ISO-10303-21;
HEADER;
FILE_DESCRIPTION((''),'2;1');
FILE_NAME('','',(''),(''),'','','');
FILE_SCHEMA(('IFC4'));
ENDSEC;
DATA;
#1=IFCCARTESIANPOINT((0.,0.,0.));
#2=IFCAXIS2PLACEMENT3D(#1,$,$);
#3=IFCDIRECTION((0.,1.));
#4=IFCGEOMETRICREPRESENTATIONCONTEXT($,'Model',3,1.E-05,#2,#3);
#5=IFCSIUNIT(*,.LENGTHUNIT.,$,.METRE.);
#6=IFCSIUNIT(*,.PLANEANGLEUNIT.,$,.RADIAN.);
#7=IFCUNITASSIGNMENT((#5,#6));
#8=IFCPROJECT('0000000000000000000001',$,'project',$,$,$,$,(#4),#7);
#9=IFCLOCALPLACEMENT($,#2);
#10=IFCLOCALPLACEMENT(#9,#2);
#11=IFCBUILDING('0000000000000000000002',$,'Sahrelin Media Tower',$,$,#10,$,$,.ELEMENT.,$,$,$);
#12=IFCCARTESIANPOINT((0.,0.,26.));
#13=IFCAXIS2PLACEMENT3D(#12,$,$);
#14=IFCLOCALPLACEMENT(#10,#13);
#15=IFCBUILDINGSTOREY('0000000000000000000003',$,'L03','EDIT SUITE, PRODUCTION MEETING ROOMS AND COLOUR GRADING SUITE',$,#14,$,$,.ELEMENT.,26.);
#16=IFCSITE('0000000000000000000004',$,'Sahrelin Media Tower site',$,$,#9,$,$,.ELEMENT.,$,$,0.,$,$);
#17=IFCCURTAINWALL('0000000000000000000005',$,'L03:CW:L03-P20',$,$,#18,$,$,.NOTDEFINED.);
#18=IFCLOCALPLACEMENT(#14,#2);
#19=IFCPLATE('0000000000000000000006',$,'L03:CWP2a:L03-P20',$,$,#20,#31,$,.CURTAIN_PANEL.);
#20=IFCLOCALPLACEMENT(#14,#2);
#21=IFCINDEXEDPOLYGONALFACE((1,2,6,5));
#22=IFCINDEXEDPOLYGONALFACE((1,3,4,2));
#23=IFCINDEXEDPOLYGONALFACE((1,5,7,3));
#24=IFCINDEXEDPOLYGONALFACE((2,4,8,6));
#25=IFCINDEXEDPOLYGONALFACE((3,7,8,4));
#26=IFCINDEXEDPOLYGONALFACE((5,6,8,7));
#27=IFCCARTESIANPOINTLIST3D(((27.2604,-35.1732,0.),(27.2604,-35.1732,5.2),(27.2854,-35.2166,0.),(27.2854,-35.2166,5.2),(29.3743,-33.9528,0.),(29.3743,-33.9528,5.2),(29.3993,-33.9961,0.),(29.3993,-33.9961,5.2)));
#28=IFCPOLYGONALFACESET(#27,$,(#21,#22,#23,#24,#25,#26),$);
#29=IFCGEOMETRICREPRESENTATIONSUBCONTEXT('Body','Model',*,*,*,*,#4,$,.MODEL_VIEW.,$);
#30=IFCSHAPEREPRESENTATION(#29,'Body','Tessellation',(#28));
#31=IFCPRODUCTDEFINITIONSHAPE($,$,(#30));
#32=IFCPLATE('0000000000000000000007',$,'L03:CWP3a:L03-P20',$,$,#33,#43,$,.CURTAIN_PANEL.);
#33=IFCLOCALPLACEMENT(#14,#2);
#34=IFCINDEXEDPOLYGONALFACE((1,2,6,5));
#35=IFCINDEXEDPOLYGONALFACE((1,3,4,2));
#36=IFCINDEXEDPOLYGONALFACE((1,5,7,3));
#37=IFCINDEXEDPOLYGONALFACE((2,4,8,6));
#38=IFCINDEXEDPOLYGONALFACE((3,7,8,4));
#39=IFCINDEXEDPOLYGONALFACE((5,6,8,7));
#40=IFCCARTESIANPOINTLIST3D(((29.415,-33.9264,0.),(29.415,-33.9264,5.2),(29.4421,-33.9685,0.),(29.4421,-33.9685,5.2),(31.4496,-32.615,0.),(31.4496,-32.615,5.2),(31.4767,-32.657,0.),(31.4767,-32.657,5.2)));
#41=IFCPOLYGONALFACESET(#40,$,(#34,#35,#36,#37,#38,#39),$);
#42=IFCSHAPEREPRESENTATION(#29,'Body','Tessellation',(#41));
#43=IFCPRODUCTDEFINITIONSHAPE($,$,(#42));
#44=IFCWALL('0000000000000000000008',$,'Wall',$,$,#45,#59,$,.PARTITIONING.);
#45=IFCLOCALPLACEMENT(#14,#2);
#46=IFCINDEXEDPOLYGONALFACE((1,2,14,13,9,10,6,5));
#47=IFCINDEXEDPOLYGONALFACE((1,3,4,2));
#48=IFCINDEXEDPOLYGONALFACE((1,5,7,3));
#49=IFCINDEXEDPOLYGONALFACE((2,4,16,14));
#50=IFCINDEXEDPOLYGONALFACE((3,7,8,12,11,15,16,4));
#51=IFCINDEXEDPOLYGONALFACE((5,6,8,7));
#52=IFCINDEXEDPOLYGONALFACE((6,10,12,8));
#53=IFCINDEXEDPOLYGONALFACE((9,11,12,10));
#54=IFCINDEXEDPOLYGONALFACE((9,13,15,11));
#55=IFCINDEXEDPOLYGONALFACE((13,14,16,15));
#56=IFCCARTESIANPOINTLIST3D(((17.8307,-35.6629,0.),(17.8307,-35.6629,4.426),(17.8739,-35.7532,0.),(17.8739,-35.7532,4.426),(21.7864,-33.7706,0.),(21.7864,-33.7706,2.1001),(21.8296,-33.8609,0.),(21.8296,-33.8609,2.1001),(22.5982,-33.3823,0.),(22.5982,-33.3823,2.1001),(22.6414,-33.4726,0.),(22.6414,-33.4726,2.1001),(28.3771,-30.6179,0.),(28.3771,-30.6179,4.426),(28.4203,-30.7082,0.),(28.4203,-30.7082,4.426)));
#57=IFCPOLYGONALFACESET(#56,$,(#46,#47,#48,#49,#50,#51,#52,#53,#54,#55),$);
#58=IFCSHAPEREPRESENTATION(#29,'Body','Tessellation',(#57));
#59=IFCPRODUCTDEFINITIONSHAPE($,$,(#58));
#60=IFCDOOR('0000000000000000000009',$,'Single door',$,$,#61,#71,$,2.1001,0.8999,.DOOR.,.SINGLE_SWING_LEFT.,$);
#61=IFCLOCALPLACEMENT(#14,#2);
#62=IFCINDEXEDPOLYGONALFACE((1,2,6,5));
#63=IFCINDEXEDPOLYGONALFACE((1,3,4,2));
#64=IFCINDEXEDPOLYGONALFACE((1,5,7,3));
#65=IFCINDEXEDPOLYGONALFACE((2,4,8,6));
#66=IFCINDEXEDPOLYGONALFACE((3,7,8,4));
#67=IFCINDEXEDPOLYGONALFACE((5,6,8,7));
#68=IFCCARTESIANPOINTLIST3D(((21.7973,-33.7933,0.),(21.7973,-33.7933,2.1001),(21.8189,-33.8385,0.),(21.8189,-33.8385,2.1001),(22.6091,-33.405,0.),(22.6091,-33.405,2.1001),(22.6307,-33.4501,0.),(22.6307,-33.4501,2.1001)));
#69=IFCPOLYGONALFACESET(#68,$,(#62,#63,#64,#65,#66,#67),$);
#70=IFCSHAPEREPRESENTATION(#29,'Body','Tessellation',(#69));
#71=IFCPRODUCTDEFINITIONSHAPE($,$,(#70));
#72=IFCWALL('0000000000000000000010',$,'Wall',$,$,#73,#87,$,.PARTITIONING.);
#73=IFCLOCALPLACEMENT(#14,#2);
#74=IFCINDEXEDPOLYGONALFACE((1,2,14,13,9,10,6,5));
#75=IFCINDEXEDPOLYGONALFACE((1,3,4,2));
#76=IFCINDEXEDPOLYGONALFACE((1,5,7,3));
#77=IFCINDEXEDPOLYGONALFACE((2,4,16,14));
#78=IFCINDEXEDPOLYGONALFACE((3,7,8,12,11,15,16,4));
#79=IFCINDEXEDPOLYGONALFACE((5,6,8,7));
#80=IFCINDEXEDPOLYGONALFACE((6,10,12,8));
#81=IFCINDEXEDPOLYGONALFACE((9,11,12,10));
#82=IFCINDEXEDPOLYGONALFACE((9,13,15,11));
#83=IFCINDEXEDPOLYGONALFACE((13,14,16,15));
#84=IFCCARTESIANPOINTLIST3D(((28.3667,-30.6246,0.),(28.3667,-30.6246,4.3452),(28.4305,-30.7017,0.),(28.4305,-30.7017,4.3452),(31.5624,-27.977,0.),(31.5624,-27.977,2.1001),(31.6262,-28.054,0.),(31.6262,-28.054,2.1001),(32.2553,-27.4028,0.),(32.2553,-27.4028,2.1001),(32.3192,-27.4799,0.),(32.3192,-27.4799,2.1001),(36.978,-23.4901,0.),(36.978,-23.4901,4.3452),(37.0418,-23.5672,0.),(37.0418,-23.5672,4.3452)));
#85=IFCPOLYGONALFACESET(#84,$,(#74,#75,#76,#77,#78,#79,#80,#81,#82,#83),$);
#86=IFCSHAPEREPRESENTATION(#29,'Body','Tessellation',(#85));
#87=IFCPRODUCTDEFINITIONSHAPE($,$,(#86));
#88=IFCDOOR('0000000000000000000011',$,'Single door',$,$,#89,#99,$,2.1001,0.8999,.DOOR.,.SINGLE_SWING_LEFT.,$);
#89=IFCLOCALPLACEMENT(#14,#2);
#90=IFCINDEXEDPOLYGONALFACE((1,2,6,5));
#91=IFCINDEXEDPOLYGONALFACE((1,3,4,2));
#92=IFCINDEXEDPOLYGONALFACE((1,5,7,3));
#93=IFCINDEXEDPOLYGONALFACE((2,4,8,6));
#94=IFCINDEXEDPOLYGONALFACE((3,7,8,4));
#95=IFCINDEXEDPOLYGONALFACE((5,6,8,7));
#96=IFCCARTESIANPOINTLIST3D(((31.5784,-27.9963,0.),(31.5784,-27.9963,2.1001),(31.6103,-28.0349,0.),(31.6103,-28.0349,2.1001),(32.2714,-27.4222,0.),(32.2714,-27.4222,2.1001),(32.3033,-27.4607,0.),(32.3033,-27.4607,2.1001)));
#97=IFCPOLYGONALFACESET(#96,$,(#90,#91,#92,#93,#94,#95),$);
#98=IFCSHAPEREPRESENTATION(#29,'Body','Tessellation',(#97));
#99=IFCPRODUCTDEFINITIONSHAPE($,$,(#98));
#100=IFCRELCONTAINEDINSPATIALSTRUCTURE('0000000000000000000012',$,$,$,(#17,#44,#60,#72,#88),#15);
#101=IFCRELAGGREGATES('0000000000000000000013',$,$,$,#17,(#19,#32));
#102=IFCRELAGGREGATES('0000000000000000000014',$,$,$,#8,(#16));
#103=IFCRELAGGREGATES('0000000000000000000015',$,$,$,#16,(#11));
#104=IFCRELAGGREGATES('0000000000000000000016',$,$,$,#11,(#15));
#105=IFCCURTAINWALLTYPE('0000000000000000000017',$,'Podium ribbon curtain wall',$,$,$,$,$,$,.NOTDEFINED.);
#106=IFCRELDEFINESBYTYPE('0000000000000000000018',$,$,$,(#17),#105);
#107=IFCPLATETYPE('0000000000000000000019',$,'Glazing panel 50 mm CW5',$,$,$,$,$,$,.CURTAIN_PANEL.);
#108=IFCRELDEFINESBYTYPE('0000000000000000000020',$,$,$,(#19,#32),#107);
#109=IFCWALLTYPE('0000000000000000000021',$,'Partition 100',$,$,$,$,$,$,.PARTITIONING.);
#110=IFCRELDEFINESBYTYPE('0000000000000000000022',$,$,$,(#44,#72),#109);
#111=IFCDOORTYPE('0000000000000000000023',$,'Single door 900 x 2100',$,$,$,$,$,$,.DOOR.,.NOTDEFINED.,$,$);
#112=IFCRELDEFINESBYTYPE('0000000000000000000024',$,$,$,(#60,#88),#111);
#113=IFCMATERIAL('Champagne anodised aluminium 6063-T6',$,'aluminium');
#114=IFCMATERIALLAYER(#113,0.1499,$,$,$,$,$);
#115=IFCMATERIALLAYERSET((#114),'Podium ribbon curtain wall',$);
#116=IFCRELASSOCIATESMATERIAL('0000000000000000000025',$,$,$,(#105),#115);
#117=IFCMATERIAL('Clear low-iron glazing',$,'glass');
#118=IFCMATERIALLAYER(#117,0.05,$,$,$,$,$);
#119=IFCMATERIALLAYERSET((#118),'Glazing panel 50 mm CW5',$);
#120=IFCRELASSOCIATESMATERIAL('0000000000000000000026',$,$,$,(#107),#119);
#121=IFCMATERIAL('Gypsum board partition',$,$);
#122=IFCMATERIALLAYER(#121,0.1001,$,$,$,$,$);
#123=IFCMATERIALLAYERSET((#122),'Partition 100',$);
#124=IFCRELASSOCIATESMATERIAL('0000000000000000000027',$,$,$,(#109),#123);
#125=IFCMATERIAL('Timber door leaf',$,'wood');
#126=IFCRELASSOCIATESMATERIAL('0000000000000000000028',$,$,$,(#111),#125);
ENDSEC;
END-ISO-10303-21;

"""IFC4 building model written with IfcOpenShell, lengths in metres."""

from ifc_helpers import new_model, si_unit, direction, frame, frame_2d, origin, place, context, subcontext, project, spatial, polyline, rectangle, outline, extrude, material, layer, layer_set, type_object, element, fill, aggregate, save


model = new_model("IFC4")

# Units and contexts
model_context = context("Model", 3, precision=1e-05, world=origin(), true_north=direction((0.0, 1.0)))
body_context = subcontext(model_context, "Body", "Model", "MODEL_VIEW")
ifc_project = project(units=[si_unit("LENGTHUNIT", "METRE"), si_unit("PLANEANGLEUNIT", "RADIAN")], contexts=[model_context])

# Site, building, storey
site_placement = place(None, origin())
site = spatial("IfcSite", under=ifc_project, at=site_placement, Name="Sahrelin Media Tower site", CompositionType="ELEMENT", RefElevation=0.0)
building_placement = place(site_placement, origin())
building = spatial("IfcBuilding", under=site, at=building_placement, Name="Sahrelin Media Tower", CompositionType="ELEMENT")
storey_placement = place(building_placement, frame((0.0, 0.0, 26.0)))
storey = spatial("IfcBuildingStorey", under=building, at=storey_placement, Name="L03", Description="EDIT SUITE, PRODUCTION MEETING ROOMS AND COLOUR GRADING SUITE", CompositionType="ELEMENT", Elevation=26.0)

# Curtain wall
ifc_material_1 = material(Name="Champagne anodised aluminium 6063-T6", Category="aluminium")
ifc_layer_1 = layer(ifc_material_1, 0.1499)
ifc_layer_set_1 = layer_set([ifc_layer_1], Name="Podium ribbon curtain wall")
curtain_wall_type = type_object("IfcCurtainWallType", Name="Podium ribbon curtain wall", PredefinedType="NOTDEFINED", material=ifc_layer_set_1)
curtain_wall_1_placement = place(storey_placement, frame((25.0, -36.373, 0.0), z_axis=(0.0, 0.0, 1.0), x_axis=(1.0, 0.0, 0.0)))
curtain_wall_1 = element("IfcCurtainWall", 1, at=curtain_wall_1_placement, inside=storey, type_object=curtain_wall_type, Name="L03:CW:L03-P20", PredefinedType="NOTDEFINED")

# Plates
ifc_material_2 = material(Name="Clear low-iron glazing", Category="glass")
ifc_layer_2 = layer(ifc_material_2, 0.05)
ifc_layer_set_2 = layer_set([ifc_layer_2], Name="Glazing panel 50 mm CW5")
plate_type = type_object("IfcPlateType", Name="Glazing panel 50 mm CW5", PredefinedType="CURTAIN_PANEL", material=ifc_layer_set_2)
plate_1_placement = place(storey_placement, frame((27.2854, -35.2166, 0.0), z_axis=(0.499979, -0.866037, 0.0), x_axis=(0.866037, 0.499979, 0.0)))
plate_1 = element("IfcPlate", 2, at=plate_1_placement, type_object=plate_type, Name="L03:CWP2a:L03-P20", PredefinedType="CURTAIN_PANEL", context=body_context, shape_type="SweptSolid", body=[
    extrude(outline(polyline([(0.0, 0.0), (2.4409, 0.0), (2.4409, 5.2), (0.0, 5.2), (0.0, 0.0)])), origin(), (0.0, 0.0, -1.0), 0.05),
])
plate_2_placement = place(storey_placement, frame((29.4421, -33.9685, 0.0), z_axis=(0.541787, -0.840516, 0.0), x_axis=(0.840516, 0.541787, 0.0)))
plate_2 = element("IfcPlate", 3, at=plate_2_placement, type_object=plate_type, Name="L03:CWP3a:L03-P20", PredefinedType="CURTAIN_PANEL", context=body_context, shape_type="SweptSolid", body=[
    extrude(outline(polyline([(0.0, 0.0), (2.4207, 0.0), (2.4207, 5.2), (0.0, 5.2), (0.0, 0.0)])), origin(), (0.0, 0.0, -1.0), 0.05),
])
aggregate(curtain_wall_1, [plate_1, plate_2])

# Walls, openings, doors
ifc_material_3 = material(Name="Gypsum board partition")
ifc_layer_3 = layer(ifc_material_3, 0.1001)
ifc_layer_set_3 = layer_set([ifc_layer_3], Name="Partition 100")
wall_type = type_object("IfcWallType", Name="Partition 100", PredefinedType="PARTITIONING", material=ifc_layer_set_3)
wall_1_placement = place(storey_placement, frame((17.8523, -35.708, 0.0), z_axis=(0.0, 0.0, 1.0), x_axis=(0.902101, 0.431525, 0.0)))
wall_1 = element("IfcWall", 4, at=wall_1_placement, inside=storey, type_object=wall_type, Name="Wall", PredefinedType="PARTITIONING", context=body_context, shape_type="SweptSolid", body=[
    extrude(rectangle(XDim=11.6909, YDim=0.1001, at=frame_2d((5.8455, 0.0))), origin(), (0.0, 0.0, 1.0), 4.426),
])
opening_1_placement = place(wall_1_placement, frame((4.385, 0.0, 0.0)))
opening_1 = element("IfcOpeningElement", 5, at=opening_1_placement, cuts=wall_1, PredefinedType="OPENING", context=body_context, shape_type="SweptSolid", body=[
    extrude(rectangle(XDim=0.8999, YDim=2.1001, at=frame_2d((0.45, 1.05))), frame((0.0, 0.05, 0.0), z_axis=(0.0, -1.0, 0.0), x_axis=(1.0, 0.0, 0.0)), (0.0, 0.0, 1.0), 0.1001),
])
ifc_material_4 = material(Name="Timber door leaf", Category="wood")
door_type = type_object("IfcDoorType", Name="Single door 900 x 2100", OperationType="NOTDEFINED", PredefinedType="DOOR", material=ifc_material_4)
door_1_placement = place(opening_1_placement, origin())
door_1 = element("IfcDoor", 6, at=door_1_placement, inside=storey, type_object=door_type, Name="Single door", OperationType="SINGLE_SWING_LEFT", OverallHeight=2.1001, OverallWidth=0.8999, PredefinedType="DOOR", context=body_context, shape_type="SweptSolid", body=[
    extrude(rectangle(XDim=0.8999, YDim=2.1001, at=frame_2d((0.45, 1.05))), frame((0.0, 0.0249, 0.0), z_axis=(0.0, -1.0, 0.0), x_axis=(1.0, 0.0, 0.0)), (0.0, 0.0, 1.0), 0.05),
])
fill(opening_1, door_1)
wall_2_placement = place(storey_placement, frame((28.3987, -30.6631, 0.0), z_axis=(0.0, 0.0, 1.0), x_axis=(0.770047, 0.637987, 0.0)))
wall_2 = element("IfcWall", 7, at=wall_2_placement, inside=storey, type_object=wall_type, Name="Wall", PredefinedType="PARTITIONING", context=body_context, shape_type="SweptSolid", body=[
    extrude(rectangle(XDim=11.1829, YDim=0.1001, at=frame_2d((5.5913, 0.0))), origin(), (0.0, 0.0, 1.0), 4.3452),
])
opening_2_placement = place(wall_2_placement, frame((4.1499, 0.0, 0.0)))
opening_2 = element("IfcOpeningElement", 8, at=opening_2_placement, cuts=wall_2, PredefinedType="OPENING", context=body_context, shape_type="SweptSolid", body=[
    extrude(rectangle(XDim=0.8999, YDim=2.1001, at=frame_2d((0.45, 1.05))), frame((0.0, 0.05, 0.0), z_axis=(0.0, -1.0, 0.0), x_axis=(1.0, 0.0, 0.0)), (0.0, 0.0, 1.0), 0.1001),
])
door_2_placement = place(opening_2_placement, origin())
door_2 = element("IfcDoor", 9, at=door_2_placement, inside=storey, type_object=door_type, Name="Single door", OperationType="SINGLE_SWING_LEFT", OverallHeight=2.1001, OverallWidth=0.8999, PredefinedType="DOOR", context=body_context, shape_type="SweptSolid", body=[
    extrude(rectangle(XDim=0.8999, YDim=2.1001, at=frame_2d((0.45, 1.05))), frame((0.0, 0.0249, 0.0), z_axis=(0.0, -1.0, 0.0), x_axis=(1.0, 0.0, 0.0)), (0.0, 0.0, 1.0), 0.05),
])
fill(opening_2, door_2)

save(model, "model.ifc")
